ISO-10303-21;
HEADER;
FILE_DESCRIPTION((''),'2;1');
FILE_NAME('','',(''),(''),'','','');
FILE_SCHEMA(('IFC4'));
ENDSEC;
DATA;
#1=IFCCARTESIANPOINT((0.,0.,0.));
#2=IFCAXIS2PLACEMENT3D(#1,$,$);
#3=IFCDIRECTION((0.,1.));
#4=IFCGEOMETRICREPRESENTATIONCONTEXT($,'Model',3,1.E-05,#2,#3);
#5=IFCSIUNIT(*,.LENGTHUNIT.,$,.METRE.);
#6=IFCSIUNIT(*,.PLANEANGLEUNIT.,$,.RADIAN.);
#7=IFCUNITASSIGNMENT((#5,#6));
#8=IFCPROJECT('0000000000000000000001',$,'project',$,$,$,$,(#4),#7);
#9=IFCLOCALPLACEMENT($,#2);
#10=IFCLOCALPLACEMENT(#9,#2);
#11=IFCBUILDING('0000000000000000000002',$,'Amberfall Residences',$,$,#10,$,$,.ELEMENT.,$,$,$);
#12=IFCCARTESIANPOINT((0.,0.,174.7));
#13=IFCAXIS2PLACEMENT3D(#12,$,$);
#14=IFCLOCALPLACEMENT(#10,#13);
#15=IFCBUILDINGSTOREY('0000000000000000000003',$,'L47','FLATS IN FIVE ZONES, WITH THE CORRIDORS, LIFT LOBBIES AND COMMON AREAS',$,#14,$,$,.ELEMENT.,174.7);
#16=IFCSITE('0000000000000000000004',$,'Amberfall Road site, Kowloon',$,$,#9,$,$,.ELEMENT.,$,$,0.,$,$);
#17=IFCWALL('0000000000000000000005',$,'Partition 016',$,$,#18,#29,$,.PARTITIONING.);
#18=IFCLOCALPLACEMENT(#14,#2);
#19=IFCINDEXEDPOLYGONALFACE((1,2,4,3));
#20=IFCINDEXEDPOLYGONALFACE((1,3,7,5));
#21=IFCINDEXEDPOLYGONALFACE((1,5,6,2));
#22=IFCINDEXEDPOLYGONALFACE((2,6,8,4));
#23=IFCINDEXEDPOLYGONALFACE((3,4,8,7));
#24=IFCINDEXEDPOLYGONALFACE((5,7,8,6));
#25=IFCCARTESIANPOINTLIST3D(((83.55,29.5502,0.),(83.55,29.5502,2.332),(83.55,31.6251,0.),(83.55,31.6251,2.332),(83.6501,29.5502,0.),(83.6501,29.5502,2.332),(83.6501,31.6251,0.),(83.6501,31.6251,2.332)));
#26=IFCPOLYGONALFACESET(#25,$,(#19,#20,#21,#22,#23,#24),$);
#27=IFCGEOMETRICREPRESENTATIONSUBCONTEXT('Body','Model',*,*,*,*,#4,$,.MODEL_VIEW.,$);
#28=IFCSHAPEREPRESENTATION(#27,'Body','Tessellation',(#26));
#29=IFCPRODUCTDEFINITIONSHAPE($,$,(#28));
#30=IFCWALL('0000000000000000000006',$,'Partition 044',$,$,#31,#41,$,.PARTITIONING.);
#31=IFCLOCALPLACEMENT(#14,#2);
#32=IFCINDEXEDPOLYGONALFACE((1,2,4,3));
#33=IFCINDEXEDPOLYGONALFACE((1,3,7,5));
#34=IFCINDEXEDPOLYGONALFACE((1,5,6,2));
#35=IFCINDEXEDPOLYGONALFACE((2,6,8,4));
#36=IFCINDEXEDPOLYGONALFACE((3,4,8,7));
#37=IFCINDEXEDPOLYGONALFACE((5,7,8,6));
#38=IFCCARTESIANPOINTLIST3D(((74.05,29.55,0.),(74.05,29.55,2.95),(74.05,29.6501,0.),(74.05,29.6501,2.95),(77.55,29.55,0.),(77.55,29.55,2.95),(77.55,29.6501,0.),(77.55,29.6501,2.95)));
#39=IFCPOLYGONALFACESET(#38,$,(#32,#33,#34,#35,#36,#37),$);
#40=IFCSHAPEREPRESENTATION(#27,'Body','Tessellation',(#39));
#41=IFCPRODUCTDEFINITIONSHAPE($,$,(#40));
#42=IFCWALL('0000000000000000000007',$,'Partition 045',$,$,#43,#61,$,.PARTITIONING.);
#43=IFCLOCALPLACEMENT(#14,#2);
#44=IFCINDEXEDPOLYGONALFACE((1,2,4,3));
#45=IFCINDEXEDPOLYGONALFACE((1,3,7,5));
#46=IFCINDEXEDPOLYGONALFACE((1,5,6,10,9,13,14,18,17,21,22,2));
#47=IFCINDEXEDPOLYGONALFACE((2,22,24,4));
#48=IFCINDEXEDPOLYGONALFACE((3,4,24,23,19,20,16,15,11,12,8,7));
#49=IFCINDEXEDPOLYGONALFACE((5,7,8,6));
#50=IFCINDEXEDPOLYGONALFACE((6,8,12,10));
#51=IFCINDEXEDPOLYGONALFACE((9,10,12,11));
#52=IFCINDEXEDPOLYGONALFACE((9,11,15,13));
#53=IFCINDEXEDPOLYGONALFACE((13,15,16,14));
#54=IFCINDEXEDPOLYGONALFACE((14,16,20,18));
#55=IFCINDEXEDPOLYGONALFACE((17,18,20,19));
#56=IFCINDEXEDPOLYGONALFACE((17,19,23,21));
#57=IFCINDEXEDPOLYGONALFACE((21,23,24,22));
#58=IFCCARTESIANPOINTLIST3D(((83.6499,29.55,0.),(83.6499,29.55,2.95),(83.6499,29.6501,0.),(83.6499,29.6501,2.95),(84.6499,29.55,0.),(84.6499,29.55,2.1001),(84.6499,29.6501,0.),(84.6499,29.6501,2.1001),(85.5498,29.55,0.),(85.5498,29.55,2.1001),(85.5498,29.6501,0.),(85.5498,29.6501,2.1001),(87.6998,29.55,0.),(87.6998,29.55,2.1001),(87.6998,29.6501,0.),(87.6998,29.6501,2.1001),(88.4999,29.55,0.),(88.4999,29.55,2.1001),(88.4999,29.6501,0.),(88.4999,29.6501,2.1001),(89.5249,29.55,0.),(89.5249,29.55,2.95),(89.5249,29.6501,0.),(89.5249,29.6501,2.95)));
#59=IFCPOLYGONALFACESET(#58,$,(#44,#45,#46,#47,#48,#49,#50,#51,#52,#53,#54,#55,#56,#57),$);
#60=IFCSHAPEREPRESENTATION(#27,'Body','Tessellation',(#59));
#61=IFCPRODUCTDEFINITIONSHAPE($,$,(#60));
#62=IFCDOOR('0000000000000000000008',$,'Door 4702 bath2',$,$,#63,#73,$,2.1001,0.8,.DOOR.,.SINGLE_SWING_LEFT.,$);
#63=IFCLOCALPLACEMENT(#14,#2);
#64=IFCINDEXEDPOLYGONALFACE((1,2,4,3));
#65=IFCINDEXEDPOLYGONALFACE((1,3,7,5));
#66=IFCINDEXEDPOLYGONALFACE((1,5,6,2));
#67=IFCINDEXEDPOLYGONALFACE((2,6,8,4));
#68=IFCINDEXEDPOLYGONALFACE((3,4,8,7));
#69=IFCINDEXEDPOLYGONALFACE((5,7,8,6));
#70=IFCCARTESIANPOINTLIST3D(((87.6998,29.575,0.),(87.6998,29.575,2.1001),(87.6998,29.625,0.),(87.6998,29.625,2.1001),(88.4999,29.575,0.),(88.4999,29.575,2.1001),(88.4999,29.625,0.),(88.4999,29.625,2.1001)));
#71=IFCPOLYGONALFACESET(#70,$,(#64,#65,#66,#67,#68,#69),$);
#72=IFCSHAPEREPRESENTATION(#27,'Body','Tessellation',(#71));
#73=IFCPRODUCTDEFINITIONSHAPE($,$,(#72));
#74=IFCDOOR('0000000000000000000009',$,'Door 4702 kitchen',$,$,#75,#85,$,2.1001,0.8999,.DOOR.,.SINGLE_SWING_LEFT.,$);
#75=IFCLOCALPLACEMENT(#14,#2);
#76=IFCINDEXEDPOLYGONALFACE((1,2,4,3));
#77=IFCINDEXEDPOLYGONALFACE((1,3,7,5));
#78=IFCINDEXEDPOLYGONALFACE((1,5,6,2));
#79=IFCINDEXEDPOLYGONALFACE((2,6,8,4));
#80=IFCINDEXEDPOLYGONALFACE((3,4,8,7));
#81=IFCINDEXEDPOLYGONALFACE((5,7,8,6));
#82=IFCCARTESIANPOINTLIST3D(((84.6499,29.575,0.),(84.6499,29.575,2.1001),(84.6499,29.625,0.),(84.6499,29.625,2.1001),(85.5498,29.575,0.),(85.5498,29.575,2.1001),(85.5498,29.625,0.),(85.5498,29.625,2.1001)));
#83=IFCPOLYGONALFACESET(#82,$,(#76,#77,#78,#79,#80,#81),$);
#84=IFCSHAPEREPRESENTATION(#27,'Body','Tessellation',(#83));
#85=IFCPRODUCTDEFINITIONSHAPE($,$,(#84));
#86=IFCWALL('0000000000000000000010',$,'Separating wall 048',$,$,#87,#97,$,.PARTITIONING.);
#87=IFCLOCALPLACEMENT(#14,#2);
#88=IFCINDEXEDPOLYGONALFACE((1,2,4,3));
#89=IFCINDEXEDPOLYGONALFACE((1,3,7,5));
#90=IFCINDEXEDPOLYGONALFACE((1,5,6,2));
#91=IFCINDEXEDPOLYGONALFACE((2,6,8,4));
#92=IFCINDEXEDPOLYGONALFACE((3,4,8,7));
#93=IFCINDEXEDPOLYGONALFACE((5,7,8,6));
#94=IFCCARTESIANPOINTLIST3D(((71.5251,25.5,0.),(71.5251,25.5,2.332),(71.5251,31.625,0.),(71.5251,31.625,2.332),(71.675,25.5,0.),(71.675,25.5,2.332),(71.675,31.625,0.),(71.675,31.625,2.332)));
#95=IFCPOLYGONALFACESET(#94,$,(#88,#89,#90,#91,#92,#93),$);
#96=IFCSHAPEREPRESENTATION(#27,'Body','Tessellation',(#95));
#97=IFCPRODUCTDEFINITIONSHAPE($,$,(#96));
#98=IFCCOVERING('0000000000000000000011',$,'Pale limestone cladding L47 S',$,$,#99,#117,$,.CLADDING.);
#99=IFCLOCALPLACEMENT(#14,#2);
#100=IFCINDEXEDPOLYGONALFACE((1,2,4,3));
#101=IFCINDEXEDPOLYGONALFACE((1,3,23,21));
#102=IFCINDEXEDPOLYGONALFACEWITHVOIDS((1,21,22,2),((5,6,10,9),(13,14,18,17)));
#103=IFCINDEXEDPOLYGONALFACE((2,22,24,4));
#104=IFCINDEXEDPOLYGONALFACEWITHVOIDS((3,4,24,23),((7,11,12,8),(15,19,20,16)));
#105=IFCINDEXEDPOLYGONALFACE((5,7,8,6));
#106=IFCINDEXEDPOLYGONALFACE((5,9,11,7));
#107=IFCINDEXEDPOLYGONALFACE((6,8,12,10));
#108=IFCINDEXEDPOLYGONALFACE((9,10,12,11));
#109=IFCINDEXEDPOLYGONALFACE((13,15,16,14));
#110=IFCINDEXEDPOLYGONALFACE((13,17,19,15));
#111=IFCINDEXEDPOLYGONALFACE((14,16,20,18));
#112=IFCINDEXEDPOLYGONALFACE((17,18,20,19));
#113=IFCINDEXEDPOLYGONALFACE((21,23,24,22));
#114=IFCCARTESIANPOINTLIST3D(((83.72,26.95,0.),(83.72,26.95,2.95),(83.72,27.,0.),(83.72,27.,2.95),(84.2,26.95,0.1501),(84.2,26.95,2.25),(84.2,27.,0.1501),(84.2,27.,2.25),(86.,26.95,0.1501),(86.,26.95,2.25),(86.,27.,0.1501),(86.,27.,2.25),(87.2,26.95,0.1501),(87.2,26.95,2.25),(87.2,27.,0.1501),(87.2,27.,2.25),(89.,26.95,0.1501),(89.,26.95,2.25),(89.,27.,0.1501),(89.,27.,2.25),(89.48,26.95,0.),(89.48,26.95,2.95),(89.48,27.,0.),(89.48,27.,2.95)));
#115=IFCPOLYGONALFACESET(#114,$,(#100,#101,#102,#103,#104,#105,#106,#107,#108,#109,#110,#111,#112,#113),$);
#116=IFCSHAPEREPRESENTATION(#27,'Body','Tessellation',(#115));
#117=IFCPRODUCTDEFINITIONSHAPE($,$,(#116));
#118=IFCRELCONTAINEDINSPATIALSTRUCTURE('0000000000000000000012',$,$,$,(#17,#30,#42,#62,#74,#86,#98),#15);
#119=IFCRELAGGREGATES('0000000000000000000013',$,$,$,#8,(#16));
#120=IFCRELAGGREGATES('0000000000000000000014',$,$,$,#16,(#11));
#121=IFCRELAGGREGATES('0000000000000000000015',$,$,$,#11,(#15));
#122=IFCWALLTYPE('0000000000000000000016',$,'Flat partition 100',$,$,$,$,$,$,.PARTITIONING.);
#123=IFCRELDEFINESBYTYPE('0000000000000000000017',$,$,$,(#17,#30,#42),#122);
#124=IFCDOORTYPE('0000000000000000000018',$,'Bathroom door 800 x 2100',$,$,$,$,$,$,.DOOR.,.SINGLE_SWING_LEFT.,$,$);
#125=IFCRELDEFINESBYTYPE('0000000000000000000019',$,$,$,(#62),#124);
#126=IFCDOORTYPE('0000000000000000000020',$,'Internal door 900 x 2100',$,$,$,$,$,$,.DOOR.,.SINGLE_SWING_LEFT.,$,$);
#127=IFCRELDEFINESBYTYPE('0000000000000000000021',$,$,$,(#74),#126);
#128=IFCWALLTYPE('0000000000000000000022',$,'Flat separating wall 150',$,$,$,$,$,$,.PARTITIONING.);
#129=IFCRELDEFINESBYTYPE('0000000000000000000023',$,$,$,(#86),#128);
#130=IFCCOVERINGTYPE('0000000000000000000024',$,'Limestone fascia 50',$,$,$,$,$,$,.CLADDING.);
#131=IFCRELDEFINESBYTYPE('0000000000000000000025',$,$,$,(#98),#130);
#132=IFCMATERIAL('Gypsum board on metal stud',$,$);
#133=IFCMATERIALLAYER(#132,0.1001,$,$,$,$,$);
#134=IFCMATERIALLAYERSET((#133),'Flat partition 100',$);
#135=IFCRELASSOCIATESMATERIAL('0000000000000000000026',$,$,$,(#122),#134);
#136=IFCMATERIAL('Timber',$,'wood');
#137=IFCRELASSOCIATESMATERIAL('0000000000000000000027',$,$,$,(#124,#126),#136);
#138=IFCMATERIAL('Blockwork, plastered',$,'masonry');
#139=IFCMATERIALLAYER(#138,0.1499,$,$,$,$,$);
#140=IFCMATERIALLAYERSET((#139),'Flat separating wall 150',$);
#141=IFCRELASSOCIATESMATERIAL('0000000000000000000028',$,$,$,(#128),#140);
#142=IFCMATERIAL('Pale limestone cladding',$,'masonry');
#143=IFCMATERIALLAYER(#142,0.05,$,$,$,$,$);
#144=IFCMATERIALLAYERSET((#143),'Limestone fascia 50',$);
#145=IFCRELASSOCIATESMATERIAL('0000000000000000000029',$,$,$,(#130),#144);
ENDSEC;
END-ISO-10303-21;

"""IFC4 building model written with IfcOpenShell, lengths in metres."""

from ifc_helpers import new_model, si_unit, direction, frame, frame_2d, origin, place, context, subcontext, project, spatial, polyline, rectangle, outline, extrude, material, layer, layer_set, type_object, element, fill, save


model = new_model("IFC4")

# Units and contexts
model_context = context("Model", 3, precision=1e-05, world=origin(), true_north=direction((0.0, 1.0)))
body_context = subcontext(model_context, "Body", "Model", "MODEL_VIEW")
ifc_project = project(units=[si_unit("LENGTHUNIT", "METRE"), si_unit("PLANEANGLEUNIT", "RADIAN")], contexts=[model_context])

# Site, building, storey
site_placement = place(None, origin())
site = spatial("IfcSite", under=ifc_project, at=site_placement, Name="Amberfall Road site, Kowloon", CompositionType="ELEMENT", RefElevation=0.0)
building_placement = place(site_placement, origin())
building = spatial("IfcBuilding", under=site, at=building_placement, Name="Amberfall Residences", CompositionType="ELEMENT")
storey_placement = place(building_placement, frame((0.0, 0.0, 174.7)))
storey = spatial("IfcBuildingStorey", under=building, at=storey_placement, Name="L47", Description="FLATS IN FIVE ZONES, WITH THE CORRIDORS, LIFT LOBBIES AND COMMON AREAS", CompositionType="ELEMENT", Elevation=174.7)

# Shared definitions
ifc_material_1 = material(Name="Gypsum board on metal stud")
ifc_layer_1 = layer(ifc_material_1, 0.1001)
ifc_layer_set_1 = layer_set([ifc_layer_1], Name="Flat partition 100")
wall_type_1 = type_object("IfcWallType", Name="Flat partition 100", PredefinedType="PARTITIONING", material=ifc_layer_set_1)

# Shared definitions
ifc_material_2 = material(Name="Timber", Category="wood")
door_type_1 = type_object("IfcDoorType", Name="Bathroom door 800 x 2100", OperationType="SINGLE_SWING_LEFT", PredefinedType="DOOR", material=ifc_material_2)
door_type_2 = type_object("IfcDoorType", Name="Internal door 900 x 2100", OperationType="SINGLE_SWING_LEFT", PredefinedType="DOOR", material=ifc_material_2)

# Walls
wall_1_placement = place(storey_placement, frame((83.6001, 29.55, 0.0), z_axis=(0.0, 0.0, 1.0), x_axis=(0.0, 1.0, 0.0)))
element("IfcWall", 1, at=wall_1_placement, inside=storey, type_object=wall_type_1, Name="Partition 016", PredefinedType="PARTITIONING", context=body_context, shape_type="SweptSolid", body=[
    extrude(rectangle(XDim=2.075, YDim=0.1001, at=frame_2d((1.0376, 0.0))), origin(), (0.0, 0.0, 1.0), 2.332),
])
wall_2_placement = place(storey_placement, frame((74.05, 29.6001, 0.0), z_axis=(0.0, 0.0, 1.0), x_axis=(1.0, 0.0, 0.0)))
element("IfcWall", 2, at=wall_2_placement, inside=storey, type_object=wall_type_1, Name="Partition 044", PredefinedType="PARTITIONING", context=body_context, shape_type="SweptSolid", body=[
    extrude(rectangle(XDim=3.5, YDim=0.1001, at=frame_2d((1.75, 0.0))), origin(), (0.0, 0.0, 1.0), 2.95),
])

# Wall, openings, doors
wall_3_placement = place(storey_placement, frame((83.6499, 29.6001, 0.0), z_axis=(0.0, 0.0, 1.0), x_axis=(1.0, 0.0, 0.0)))
wall_3 = element("IfcWall", 3, at=wall_3_placement, inside=storey, type_object=wall_type_1, Name="Partition 045", PredefinedType="PARTITIONING", context=body_context, shape_type="SweptSolid", body=[
    extrude(rectangle(XDim=5.875, YDim=0.1001, at=frame_2d((2.9375, 0.0))), origin(), (0.0, 0.0, 1.0), 2.95),
])
opening_1_placement = place(wall_3_placement, frame((1.0, 0.0, 0.0)))
opening_1 = element("IfcOpeningElement", 4, at=opening_1_placement, cuts=wall_3, PredefinedType="OPENING", context=body_context, shape_type="SweptSolid", body=[
    extrude(rectangle(XDim=0.8999, YDim=2.1001, at=frame_2d((0.45, 1.05))), frame((0.0, 0.0601, 0.0), z_axis=(0.0, -1.0, 0.0), x_axis=(1.0, 0.0, 0.0)), (0.0, 0.0, 1.0), 0.1201),
])
opening_2_placement = place(wall_3_placement, frame((4.05, 0.0, 0.0)))
opening_2 = element("IfcOpeningElement", 5, at=opening_2_placement, cuts=wall_3, PredefinedType="OPENING", context=body_context, shape_type="SweptSolid", body=[
    extrude(rectangle(XDim=0.8, YDim=2.1001, at=frame_2d((0.3999, 1.05))), frame((0.0, 0.0601, 0.0), z_axis=(0.0, -1.0, 0.0), x_axis=(1.0, 0.0, 0.0)), (0.0, 0.0, 1.0), 0.1201),
])
door_1_placement = place(opening_2_placement, origin())
door_1 = element("IfcDoor", 6, at=door_1_placement, inside=storey, type_object=door_type_1, Name="Door 4702 bath2", OperationType="SINGLE_SWING_LEFT", OverallHeight=2.1001, OverallWidth=0.8, PredefinedType="DOOR", context=body_context, shape_type="SweptSolid", body=[
    extrude(rectangle(XDim=0.8, YDim=2.1001, at=frame_2d((0.3999, 1.05))), frame((0.0, 0.0249, 0.0), z_axis=(0.0, -1.0, 0.0), x_axis=(1.0, 0.0, 0.0)), (0.0, 0.0, 1.0), 0.05),
])
fill(opening_2, door_1)
door_2_placement = place(opening_1_placement, origin())
door_2 = element("IfcDoor", 7, at=door_2_placement, inside=storey, type_object=door_type_2, Name="Door 4702 kitchen", OperationType="SINGLE_SWING_LEFT", OverallHeight=2.1001, OverallWidth=0.8999, PredefinedType="DOOR", context=body_context, shape_type="SweptSolid", body=[
    extrude(rectangle(XDim=0.8999, YDim=2.1001, at=frame_2d((0.45, 1.05))), frame((0.0, 0.0249, 0.0), z_axis=(0.0, -1.0, 0.0), x_axis=(1.0, 0.0, 0.0)), (0.0, 0.0, 1.0), 0.05),
])
fill(opening_1, door_2)

# Wall
ifc_material_3 = material(Name="Blockwork, plastered", Category="masonry")
ifc_layer_2 = layer(ifc_material_3, 0.1499)
ifc_layer_set_2 = layer_set([ifc_layer_2], Name="Flat separating wall 150")
wall_type_2 = type_object("IfcWallType", Name="Flat separating wall 150", PredefinedType="PARTITIONING", material=ifc_layer_set_2)
wall_4_placement = place(storey_placement, frame((71.6001, 25.5, 0.0), z_axis=(0.0, 0.0, 1.0), x_axis=(0.0, 1.0, 0.0)))
element("IfcWall", 8, at=wall_4_placement, inside=storey, type_object=wall_type_2, Name="Separating wall 048", PredefinedType="PARTITIONING", context=body_context, shape_type="SweptSolid", body=[
    extrude(rectangle(XDim=6.125, YDim=0.1499, at=frame_2d((3.0625, 0.0))), origin(), (0.0, 0.0, 1.0), 2.332),
])

# Covering
ifc_material_4 = material(Name="Pale limestone cladding", Category="masonry")
ifc_layer_3 = layer(ifc_material_4, 0.05)
ifc_layer_set_3 = layer_set([ifc_layer_3], Name="Limestone fascia 50")
covering_type = type_object("IfcCoveringType", Name="Limestone fascia 50", PredefinedType="CLADDING", material=ifc_layer_set_3)
covering_placement = place(storey_placement, frame((83.72, 27.0, 2.95), z_axis=(0.0, 1.0, 0.0), x_axis=(1.0, 0.0, 0.0)))
element("IfcCovering", 9, at=covering_placement, inside=storey, type_object=covering_type, Name="Pale limestone cladding L47 S", PredefinedType="CLADDING", context=body_context, shape_type="SweptSolid", body=[
    extrude(outline(polyline([(0.0, 0.0), (5.76, 0.0), (5.76, 2.95), (0.0, 2.95), (0.0, 0.0)]), holes=[polyline([(0.48, 0.7), (2.28, 0.7), (2.28, 2.7998), (0.48, 2.7998), (0.48, 0.7)]), polyline([(3.48, 0.7), (5.28, 0.7), (5.28, 2.7998), (3.48, 2.7998), (3.48, 0.7)])]), origin(), (0.0, 0.0, -1.0), 0.05),
])

save(model, "model.ifc")
